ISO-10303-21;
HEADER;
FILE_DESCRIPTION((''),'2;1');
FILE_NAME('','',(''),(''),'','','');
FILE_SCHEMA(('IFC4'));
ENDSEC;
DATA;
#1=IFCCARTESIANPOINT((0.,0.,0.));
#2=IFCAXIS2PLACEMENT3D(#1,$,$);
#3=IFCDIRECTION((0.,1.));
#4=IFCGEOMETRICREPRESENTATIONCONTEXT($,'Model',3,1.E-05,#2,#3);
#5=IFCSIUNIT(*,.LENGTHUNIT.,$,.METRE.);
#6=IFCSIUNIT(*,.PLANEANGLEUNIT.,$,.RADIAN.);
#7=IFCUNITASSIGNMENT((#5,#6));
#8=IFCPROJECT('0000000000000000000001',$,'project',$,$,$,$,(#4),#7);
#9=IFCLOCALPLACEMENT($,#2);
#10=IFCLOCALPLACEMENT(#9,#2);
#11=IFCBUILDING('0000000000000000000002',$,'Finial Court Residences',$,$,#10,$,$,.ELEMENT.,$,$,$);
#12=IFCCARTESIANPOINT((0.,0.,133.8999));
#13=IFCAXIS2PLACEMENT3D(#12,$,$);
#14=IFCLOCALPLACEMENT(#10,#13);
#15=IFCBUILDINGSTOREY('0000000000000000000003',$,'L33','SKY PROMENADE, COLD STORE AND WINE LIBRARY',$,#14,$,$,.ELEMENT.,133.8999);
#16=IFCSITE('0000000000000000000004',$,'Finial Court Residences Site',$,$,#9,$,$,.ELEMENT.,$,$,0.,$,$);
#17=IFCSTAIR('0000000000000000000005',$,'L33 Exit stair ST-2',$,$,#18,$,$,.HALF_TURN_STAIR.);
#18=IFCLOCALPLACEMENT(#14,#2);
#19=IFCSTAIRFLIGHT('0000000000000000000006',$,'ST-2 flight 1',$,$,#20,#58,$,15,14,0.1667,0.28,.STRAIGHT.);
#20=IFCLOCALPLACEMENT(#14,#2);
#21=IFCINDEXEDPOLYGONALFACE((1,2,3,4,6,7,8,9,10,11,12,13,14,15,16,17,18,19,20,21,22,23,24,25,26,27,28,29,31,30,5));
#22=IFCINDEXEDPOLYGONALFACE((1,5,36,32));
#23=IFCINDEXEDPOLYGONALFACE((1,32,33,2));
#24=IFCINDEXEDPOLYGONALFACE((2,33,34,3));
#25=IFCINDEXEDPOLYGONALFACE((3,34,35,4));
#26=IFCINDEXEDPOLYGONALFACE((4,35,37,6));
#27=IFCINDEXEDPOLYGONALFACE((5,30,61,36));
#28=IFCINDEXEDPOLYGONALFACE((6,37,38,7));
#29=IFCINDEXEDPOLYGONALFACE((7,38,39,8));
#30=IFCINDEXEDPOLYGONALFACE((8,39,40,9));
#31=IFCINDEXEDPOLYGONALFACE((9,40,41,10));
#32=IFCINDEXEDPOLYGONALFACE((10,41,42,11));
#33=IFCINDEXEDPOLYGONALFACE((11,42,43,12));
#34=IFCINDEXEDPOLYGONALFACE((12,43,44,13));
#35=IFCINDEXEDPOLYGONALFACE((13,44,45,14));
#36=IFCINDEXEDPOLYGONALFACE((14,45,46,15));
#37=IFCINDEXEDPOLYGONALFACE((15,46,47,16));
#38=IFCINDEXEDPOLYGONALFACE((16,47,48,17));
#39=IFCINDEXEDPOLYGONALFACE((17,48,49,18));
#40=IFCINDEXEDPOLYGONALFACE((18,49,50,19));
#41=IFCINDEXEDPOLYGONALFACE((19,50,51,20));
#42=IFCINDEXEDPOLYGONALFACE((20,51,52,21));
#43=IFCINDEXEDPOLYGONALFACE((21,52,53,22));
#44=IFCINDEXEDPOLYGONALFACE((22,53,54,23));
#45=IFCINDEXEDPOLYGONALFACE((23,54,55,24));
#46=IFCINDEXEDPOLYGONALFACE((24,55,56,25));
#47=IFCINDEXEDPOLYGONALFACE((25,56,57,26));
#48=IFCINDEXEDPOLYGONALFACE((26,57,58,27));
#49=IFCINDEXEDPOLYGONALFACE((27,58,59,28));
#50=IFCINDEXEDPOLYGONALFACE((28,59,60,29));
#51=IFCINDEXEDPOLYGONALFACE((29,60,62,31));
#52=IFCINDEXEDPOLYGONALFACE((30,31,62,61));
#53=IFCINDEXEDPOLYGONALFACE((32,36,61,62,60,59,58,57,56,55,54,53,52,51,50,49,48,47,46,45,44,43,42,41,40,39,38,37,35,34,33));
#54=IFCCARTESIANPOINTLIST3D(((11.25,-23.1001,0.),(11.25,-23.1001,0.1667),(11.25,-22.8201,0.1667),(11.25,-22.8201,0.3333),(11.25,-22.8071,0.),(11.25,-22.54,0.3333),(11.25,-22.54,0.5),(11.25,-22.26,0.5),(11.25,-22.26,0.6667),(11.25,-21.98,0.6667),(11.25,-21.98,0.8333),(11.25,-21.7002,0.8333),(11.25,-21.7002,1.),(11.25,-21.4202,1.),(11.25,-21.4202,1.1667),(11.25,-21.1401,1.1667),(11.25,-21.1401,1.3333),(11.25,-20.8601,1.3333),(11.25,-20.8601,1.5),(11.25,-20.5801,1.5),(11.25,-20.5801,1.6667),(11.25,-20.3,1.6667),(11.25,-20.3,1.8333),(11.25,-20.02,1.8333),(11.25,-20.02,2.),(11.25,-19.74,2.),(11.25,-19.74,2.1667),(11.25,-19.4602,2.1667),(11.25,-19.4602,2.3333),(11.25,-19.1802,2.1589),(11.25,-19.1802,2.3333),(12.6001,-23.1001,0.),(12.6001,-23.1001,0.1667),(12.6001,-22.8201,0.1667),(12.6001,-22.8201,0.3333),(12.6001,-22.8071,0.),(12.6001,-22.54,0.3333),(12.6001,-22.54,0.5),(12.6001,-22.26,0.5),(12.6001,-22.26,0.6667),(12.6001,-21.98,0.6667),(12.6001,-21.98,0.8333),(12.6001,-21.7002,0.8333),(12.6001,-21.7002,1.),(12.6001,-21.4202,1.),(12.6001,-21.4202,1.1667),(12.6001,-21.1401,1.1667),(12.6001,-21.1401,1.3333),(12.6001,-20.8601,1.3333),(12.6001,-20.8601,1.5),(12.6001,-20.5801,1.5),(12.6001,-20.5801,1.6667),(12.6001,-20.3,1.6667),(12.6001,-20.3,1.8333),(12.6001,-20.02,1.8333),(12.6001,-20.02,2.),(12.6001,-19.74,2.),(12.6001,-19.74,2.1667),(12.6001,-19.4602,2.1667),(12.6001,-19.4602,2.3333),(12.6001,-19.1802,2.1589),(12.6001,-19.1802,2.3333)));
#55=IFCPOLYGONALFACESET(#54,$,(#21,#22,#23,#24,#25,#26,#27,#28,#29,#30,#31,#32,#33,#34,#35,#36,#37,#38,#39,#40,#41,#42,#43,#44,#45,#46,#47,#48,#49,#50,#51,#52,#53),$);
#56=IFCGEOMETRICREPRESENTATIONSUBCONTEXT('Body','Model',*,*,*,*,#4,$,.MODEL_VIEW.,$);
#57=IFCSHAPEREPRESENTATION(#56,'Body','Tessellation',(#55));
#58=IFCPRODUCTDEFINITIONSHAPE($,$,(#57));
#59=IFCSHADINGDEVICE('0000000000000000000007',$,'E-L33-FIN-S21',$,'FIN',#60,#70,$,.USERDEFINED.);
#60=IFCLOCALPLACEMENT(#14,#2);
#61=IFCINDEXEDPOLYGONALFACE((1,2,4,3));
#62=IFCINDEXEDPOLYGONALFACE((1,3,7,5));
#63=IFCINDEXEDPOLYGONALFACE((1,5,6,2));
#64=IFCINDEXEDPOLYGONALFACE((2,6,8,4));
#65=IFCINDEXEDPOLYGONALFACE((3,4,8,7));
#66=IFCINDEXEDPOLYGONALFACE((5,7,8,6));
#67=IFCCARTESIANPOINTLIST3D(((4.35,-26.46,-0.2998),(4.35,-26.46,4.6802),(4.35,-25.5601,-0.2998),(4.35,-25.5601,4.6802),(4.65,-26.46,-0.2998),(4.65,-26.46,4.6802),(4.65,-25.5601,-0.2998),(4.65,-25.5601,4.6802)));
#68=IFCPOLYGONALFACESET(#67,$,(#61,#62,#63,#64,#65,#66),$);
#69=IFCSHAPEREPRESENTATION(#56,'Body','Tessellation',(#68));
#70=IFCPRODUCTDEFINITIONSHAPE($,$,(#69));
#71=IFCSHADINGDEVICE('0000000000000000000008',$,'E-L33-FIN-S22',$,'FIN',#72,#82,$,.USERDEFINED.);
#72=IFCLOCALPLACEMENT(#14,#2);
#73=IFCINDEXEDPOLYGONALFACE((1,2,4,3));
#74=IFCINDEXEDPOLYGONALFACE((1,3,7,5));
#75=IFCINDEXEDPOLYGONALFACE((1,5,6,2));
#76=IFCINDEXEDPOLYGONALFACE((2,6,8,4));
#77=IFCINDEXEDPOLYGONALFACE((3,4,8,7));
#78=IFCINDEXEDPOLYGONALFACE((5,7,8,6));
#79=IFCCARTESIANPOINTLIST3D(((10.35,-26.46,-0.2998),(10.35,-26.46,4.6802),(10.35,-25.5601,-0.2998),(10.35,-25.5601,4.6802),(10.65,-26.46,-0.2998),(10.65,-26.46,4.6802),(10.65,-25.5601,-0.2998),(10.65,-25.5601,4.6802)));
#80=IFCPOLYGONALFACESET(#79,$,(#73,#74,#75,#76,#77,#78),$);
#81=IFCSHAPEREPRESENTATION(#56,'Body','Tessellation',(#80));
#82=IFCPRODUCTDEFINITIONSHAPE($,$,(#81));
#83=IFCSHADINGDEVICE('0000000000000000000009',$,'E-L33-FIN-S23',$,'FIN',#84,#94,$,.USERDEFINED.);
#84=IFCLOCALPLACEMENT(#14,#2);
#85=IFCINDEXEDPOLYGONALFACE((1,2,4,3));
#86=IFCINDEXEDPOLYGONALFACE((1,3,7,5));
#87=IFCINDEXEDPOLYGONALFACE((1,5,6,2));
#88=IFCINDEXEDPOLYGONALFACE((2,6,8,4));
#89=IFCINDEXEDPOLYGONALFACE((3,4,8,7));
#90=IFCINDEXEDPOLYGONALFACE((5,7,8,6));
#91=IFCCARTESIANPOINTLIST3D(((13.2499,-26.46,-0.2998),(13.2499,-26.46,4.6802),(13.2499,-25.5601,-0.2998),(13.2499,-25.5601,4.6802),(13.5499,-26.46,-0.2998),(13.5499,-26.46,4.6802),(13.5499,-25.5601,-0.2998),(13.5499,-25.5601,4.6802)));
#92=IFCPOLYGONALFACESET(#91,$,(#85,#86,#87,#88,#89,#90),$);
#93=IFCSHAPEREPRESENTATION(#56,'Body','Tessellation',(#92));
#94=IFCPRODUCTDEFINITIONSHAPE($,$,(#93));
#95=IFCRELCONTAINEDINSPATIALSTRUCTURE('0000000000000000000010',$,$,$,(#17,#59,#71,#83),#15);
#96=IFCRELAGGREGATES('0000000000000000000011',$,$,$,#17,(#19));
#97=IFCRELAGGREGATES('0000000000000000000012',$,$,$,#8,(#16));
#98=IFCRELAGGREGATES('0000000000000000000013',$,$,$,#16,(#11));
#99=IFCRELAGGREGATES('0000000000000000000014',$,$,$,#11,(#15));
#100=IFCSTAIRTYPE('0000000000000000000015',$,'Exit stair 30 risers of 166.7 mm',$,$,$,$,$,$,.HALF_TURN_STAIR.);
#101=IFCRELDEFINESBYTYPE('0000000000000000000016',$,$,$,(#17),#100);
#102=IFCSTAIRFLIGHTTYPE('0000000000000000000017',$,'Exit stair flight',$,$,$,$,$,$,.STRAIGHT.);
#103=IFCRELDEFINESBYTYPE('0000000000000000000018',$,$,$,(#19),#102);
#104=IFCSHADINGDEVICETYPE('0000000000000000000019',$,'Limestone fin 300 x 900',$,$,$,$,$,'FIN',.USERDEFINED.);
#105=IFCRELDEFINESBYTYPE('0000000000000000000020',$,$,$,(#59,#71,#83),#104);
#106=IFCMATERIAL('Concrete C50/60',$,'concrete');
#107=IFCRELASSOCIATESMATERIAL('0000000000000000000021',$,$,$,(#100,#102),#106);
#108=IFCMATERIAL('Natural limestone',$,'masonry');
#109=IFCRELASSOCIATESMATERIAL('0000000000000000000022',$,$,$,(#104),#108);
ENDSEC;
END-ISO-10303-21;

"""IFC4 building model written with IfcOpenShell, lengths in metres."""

from ifc_helpers import new_model, si_unit, direction, frame, origin, origin_2d, place, context, subcontext, project, spatial, polyline, rectangle, outline, extrude, material, type_object, element, aggregate, save


model = new_model("IFC4")

# Units and contexts
model_context = context("Model", 3, precision=1e-05, world=origin(), true_north=direction((0.0, 1.0)))
body_context = subcontext(model_context, "Body", "Model", "MODEL_VIEW")
ifc_project = project(units=[si_unit("LENGTHUNIT", "METRE"), si_unit("PLANEANGLEUNIT", "RADIAN")], contexts=[model_context])

# Site, building, storey
site_placement = place(None, origin())
site = spatial("IfcSite", under=ifc_project, at=site_placement, Name="Finial Court Residences Site", CompositionType="ELEMENT", RefElevation=0.0)
building_placement = place(site_placement, origin())
building = spatial("IfcBuilding", under=site, at=building_placement, Name="Finial Court Residences", CompositionType="ELEMENT")
storey_placement = place(building_placement, frame((0.0, 0.0, 133.8999)))
storey = spatial("IfcBuildingStorey", under=building, at=storey_placement, Name="L33", Description="SKY PROMENADE, COLD STORE AND WINE LIBRARY", CompositionType="ELEMENT", Elevation=133.8999)

# Stair, stair flight
ifc_material_1 = material(Name="Concrete C50/60", Category="concrete")
stair_type = type_object("IfcStairType", Name="Exit stair 30 risers of 166.7 mm", PredefinedType="HALF_TURN_STAIR", material=ifc_material_1)
stair_placement = place(storey_placement, origin())
stair = element("IfcStair", 1, at=stair_placement, inside=storey, type_object=stair_type, Name="L33 Exit stair ST-2", PredefinedType="HALF_TURN_STAIR")
stair_flight_type = type_object("IfcStairFlightType", Name="Exit stair flight", PredefinedType="STRAIGHT", material=ifc_material_1)
stair_flight_placement = place(storey_placement, frame((11.925, -23.1001, 0.0), z_axis=(0.0, 0.0, 1.0), x_axis=(0.0, 1.0, 0.0)))
stair_flight = element("IfcStairFlight", 2, at=stair_flight_placement, type_object=stair_flight_type, Name="ST-2 flight 1", NumberOfRisers=15, NumberOfTreads=14, PredefinedType="STRAIGHT", RiserHeight=0.1667, TreadLength=0.28, context=body_context, shape_type="SweptSolid", body=[
    extrude(outline(polyline([(0.0, 0.0), (0.0, 0.1667), (0.28, 0.1667), (0.28, 0.3333), (0.5601, 0.3333), (0.5601, 0.5), (0.8401, 0.5), (0.8401, 0.6667), (1.1201, 0.6667), (1.1201, 0.8333), (1.3999, 0.8333), (1.3999, 1.0), (1.6799, 1.0), (1.6799, 1.1667), (1.96, 1.1667), (1.96, 1.3333), (2.24, 1.3333), (2.24, 1.5), (2.52, 1.5), (2.52, 1.6667), (2.8, 1.6667), (2.8, 1.8333), (3.0801, 1.8333), (3.0801, 2.0), (3.3601, 2.0), (3.3601, 2.1667), (3.6399, 2.1667), (3.6399, 2.3333), (3.9199, 2.3333), (3.9199, 2.5), (3.9199, 2.1589), (0.293, 0.0), (0.0, 0.0)])), frame((0.0, 0.675, 0.0), z_axis=(0.0, -1.0, 0.0), x_axis=(1.0, 0.0, 0.0)), (0.0, 0.0, 1.0), 1.3501),
])
aggregate(stair, [stair_flight])

# Shading devices
ifc_material_2 = material(Name="Natural limestone", Category="masonry")
shading_device_type = type_object("IfcShadingDeviceType", Name="Limestone fin 300 x 900", ElementType="FIN", PredefinedType="USERDEFINED", material=ifc_material_2)
for number, where, z_axis, x_axis, name in (
    (3, (4.5, -26.01, -0.2998), (0.0, 0.0, 1.0), (1.0, 0.0, 0.0), "E-L33-FIN-S21"),
    (4, (10.5, -26.01, -0.2998), (0.0, 0.0, 1.0), (1.0, 0.0, 0.0), "E-L33-FIN-S22"),
    (5, (13.3999, -26.01, -0.2998), (0.0, 0.0, 1.0), (1.0, 0.0, 0.0), "E-L33-FIN-S23"),
):
    element("IfcShadingDevice", number, at=place(storey_placement, frame(where, z_axis=z_axis, x_axis=x_axis)), inside=storey, type_object=shading_device_type, Name=name, ObjectType="FIN", PredefinedType="USERDEFINED", context=body_context, shape_type="SweptSolid", body=[
        extrude(rectangle(XDim=0.3, YDim=0.8999, at=origin_2d()), origin(), (0.0, 0.0, 1.0), 4.98),
    ])

save(model, "model.ifc")
